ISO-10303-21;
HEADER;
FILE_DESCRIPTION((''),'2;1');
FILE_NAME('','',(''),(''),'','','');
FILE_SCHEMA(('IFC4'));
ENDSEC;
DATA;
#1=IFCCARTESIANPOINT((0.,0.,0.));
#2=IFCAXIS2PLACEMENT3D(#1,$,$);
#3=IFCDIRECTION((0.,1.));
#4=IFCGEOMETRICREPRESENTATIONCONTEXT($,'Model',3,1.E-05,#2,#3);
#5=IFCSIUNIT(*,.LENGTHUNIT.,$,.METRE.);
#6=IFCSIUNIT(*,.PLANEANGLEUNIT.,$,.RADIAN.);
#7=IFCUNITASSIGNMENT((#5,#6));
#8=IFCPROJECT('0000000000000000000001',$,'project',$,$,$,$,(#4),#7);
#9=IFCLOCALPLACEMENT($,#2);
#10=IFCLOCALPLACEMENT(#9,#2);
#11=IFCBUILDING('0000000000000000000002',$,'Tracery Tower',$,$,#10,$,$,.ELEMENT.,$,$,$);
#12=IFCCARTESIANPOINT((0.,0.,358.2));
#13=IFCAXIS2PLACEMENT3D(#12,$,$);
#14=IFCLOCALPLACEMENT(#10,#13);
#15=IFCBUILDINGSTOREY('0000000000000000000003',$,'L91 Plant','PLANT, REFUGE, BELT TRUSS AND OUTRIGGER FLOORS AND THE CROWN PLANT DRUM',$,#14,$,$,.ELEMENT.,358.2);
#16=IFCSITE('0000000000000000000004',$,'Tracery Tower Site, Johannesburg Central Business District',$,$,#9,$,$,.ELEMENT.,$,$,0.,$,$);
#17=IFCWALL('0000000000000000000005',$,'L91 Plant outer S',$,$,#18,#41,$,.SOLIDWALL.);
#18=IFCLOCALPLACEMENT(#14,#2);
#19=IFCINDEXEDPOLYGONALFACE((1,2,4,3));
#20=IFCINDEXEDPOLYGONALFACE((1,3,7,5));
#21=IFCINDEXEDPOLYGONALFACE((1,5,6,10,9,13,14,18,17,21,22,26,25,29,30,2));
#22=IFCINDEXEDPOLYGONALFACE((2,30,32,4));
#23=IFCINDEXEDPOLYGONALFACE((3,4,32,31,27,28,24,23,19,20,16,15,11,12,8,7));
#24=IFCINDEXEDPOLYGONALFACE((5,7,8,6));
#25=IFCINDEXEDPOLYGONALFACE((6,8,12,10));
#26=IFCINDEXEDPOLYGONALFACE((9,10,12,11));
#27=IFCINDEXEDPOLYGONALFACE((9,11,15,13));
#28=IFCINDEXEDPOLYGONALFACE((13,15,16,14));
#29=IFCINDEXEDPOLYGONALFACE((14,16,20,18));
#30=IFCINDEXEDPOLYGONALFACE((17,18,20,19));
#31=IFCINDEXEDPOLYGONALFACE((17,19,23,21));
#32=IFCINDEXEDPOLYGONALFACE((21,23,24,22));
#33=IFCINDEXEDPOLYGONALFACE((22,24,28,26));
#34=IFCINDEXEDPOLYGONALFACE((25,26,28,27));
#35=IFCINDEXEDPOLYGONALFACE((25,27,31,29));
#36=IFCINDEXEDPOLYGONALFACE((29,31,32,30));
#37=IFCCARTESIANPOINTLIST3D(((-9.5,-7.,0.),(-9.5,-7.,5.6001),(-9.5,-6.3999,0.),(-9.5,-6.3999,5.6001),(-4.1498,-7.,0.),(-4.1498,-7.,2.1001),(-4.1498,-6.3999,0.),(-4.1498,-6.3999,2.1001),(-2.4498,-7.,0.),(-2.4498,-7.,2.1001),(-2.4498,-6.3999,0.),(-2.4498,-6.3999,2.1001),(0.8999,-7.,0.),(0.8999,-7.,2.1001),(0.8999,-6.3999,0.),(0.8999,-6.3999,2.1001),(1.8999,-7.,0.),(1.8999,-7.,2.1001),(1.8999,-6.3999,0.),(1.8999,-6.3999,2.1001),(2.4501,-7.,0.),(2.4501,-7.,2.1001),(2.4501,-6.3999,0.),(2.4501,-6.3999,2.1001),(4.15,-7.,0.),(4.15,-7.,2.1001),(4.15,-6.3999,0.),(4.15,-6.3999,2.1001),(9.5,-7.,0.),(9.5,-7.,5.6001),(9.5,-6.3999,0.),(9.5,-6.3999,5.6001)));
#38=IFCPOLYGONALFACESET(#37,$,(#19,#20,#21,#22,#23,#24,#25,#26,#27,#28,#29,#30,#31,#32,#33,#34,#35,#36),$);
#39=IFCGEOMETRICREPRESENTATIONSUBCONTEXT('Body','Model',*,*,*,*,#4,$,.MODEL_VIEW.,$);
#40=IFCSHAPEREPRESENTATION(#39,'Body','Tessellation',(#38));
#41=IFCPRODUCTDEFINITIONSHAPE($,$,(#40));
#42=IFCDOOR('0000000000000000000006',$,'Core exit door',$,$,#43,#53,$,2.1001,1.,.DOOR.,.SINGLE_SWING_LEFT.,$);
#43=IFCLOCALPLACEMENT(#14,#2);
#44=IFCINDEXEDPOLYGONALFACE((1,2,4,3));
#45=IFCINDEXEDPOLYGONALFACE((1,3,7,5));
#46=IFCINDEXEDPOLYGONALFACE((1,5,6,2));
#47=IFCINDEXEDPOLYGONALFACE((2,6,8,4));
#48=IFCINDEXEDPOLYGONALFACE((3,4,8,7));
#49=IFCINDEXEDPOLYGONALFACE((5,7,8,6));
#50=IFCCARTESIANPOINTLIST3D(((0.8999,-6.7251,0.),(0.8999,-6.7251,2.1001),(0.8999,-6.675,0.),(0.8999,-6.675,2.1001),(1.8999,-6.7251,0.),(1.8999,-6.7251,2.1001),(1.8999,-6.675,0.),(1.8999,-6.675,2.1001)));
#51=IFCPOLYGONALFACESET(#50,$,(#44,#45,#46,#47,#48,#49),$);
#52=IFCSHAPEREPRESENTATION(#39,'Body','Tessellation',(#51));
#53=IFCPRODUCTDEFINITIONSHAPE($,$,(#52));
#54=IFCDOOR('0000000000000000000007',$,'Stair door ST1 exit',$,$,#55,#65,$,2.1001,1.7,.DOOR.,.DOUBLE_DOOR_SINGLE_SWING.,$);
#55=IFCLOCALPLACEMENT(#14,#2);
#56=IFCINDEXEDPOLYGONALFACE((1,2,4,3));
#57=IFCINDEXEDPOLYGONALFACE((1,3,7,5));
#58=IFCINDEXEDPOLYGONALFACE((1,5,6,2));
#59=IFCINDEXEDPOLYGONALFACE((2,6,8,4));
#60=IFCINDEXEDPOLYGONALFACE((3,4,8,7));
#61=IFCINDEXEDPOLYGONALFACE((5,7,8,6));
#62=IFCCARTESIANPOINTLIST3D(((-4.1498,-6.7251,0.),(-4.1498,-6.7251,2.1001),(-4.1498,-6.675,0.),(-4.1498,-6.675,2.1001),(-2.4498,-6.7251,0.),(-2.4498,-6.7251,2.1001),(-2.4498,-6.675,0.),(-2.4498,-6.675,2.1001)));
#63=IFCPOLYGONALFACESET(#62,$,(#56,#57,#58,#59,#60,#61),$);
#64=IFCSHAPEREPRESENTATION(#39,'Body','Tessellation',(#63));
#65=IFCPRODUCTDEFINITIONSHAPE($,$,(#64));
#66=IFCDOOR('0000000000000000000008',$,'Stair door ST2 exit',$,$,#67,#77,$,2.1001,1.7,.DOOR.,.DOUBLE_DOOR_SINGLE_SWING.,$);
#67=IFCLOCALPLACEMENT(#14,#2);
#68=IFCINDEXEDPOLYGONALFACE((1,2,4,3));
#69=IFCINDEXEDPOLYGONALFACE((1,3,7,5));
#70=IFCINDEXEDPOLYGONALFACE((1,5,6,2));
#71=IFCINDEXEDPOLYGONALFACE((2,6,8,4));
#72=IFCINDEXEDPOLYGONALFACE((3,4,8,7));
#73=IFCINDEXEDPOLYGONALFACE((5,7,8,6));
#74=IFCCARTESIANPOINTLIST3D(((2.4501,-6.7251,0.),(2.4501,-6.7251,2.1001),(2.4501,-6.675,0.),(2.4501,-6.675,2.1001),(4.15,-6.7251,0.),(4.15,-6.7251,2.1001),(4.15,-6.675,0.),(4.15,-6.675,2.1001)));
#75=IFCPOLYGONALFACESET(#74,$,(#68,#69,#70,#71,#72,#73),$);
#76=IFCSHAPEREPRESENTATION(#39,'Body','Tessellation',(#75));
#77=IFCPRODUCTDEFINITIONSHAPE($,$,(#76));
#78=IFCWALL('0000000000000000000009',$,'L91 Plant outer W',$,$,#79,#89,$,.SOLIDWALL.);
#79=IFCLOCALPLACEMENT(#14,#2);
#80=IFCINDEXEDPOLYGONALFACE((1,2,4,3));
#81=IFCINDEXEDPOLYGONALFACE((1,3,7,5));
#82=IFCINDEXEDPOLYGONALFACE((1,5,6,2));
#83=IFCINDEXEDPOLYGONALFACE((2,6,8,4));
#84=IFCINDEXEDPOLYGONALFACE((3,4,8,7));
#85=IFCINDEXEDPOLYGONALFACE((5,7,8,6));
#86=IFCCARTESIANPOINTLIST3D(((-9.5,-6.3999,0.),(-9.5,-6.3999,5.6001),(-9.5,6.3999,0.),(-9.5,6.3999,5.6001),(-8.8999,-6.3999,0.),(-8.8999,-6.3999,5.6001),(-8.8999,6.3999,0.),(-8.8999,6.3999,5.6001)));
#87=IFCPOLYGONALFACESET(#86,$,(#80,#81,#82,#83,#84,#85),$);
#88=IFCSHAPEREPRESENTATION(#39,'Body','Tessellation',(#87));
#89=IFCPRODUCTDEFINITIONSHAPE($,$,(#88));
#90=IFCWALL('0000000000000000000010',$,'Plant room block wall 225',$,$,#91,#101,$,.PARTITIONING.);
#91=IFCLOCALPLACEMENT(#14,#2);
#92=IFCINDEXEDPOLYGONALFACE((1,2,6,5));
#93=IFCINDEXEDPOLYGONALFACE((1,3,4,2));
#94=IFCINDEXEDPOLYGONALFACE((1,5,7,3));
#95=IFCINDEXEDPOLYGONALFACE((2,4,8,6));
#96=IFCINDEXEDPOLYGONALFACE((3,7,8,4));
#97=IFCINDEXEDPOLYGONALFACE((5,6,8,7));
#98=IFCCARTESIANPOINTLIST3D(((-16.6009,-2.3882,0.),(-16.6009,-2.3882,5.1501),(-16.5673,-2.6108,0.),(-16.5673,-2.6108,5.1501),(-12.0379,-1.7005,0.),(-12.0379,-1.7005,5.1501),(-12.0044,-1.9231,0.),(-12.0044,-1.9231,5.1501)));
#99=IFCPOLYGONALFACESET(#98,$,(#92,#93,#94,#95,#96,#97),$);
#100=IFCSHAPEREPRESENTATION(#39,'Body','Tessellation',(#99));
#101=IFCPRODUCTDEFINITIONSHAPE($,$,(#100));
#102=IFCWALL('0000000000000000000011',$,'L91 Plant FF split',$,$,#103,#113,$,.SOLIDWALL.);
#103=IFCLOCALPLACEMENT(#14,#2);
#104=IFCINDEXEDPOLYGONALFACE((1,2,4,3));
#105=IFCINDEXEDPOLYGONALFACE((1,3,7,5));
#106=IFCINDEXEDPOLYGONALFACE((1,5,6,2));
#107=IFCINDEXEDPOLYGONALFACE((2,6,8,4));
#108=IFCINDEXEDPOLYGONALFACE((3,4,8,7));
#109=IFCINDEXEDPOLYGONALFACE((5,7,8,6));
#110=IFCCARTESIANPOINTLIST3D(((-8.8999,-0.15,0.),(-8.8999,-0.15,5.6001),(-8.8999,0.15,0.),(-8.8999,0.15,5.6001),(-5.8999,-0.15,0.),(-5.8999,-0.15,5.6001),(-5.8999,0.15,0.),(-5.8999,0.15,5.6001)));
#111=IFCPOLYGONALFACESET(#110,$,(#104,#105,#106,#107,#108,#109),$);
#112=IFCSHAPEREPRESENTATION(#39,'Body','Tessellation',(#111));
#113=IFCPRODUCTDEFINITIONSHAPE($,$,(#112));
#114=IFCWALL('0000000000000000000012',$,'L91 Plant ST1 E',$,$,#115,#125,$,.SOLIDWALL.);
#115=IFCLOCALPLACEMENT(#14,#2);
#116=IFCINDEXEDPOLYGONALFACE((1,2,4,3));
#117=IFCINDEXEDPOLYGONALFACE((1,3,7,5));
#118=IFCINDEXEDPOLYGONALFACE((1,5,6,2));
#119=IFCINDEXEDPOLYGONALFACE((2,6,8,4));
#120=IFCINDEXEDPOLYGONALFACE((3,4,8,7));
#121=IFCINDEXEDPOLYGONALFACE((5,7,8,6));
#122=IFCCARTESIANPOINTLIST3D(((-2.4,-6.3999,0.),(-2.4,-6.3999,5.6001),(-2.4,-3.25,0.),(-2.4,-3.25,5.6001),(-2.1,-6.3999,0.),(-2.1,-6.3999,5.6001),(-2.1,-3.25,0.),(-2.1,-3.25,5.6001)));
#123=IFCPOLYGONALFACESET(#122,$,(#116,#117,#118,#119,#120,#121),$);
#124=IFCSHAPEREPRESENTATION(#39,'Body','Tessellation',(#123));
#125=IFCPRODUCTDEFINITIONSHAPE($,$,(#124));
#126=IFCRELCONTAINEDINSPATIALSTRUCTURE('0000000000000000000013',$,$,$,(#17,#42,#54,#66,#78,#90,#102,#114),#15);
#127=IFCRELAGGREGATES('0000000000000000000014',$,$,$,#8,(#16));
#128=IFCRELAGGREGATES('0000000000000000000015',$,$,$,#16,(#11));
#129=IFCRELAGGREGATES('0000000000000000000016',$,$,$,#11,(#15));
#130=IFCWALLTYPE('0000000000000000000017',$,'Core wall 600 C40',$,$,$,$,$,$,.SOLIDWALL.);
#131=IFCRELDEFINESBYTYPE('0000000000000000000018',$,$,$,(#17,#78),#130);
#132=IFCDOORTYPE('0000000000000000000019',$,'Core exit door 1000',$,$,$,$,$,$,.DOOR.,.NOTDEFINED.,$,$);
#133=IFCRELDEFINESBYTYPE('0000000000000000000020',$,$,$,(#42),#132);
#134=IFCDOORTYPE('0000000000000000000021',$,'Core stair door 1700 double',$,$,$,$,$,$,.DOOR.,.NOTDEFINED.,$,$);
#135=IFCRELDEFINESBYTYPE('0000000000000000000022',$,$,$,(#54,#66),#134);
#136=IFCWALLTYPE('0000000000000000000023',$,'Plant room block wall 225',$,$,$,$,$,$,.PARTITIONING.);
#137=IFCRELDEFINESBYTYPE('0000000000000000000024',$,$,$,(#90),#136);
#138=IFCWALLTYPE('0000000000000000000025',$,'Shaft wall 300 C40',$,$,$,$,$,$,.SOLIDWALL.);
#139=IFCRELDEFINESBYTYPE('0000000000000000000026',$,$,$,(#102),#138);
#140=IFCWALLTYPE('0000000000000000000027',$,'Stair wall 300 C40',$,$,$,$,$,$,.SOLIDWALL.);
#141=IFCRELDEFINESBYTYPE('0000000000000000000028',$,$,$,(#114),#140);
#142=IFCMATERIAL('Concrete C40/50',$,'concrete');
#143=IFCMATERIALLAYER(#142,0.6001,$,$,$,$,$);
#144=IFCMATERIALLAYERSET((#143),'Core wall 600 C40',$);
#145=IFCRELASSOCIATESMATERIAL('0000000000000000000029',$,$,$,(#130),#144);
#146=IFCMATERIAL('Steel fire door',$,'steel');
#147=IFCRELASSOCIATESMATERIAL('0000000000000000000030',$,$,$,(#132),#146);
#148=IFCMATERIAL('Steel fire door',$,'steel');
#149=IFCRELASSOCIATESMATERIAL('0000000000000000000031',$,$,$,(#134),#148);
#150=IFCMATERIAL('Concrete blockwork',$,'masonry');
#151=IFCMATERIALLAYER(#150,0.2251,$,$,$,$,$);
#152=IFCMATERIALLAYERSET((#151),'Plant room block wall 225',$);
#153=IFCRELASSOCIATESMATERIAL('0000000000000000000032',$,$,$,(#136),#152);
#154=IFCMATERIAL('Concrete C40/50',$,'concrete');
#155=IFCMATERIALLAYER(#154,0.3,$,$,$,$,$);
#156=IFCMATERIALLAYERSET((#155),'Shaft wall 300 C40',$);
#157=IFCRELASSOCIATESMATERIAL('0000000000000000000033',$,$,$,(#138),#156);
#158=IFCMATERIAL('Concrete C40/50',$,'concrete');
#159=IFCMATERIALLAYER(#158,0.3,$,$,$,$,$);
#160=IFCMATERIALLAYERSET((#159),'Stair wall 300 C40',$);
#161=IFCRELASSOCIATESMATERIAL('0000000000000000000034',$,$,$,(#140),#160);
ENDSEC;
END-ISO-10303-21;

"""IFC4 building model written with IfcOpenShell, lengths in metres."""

from ifc_helpers import new_model, si_unit, direction, frame, frame_2d, origin, place, context, subcontext, project, spatial, rectangle, extrude, material, layer, layer_set, type_object, element, fill, save


model = new_model("IFC4")

# Units and contexts
model_context = context("Model", 3, precision=1e-05, world=origin(), true_north=direction((0.0, 1.0)))
body_context = subcontext(model_context, "Body", "Model", "MODEL_VIEW")
ifc_project = project(units=[si_unit("LENGTHUNIT", "METRE"), si_unit("PLANEANGLEUNIT", "RADIAN")], contexts=[model_context])

# Site, building, storey
site_placement = place(None, origin())
site = spatial("IfcSite", under=ifc_project, at=site_placement, Name="Tracery Tower Site, Johannesburg Central Business District", CompositionType="ELEMENT", RefElevation=0.0)
building_placement = place(site_placement, origin())
building = spatial("IfcBuilding", under=site, at=building_placement, Name="Tracery Tower", CompositionType="ELEMENT")
storey_placement = place(building_placement, frame((0.0, 0.0, 358.2)))
storey = spatial("IfcBuildingStorey", under=building, at=storey_placement, Name="L91 Plant", Description="PLANT, REFUGE, BELT TRUSS AND OUTRIGGER FLOORS AND THE CROWN PLANT DRUM", CompositionType="ELEMENT", Elevation=358.2)

# Wall, openings, doors
ifc_material_1 = material(Name="Concrete C40/50", Category="concrete")
ifc_layer_1 = layer(ifc_material_1, 0.6001)
ifc_layer_set_1 = layer_set([ifc_layer_1], Name="Core wall 600 C40")
wall_type_1 = type_object("IfcWallType", Name="Core wall 600 C40", PredefinedType="SOLIDWALL", material=ifc_layer_set_1)
wall_1_placement = place(storey_placement, frame((-9.5, -6.7, 0.0), z_axis=(0.0, 0.0, 1.0), x_axis=(1.0, 0.0, 0.0)))
wall_1 = element("IfcWall", 1, at=wall_1_placement, inside=storey, type_object=wall_type_1, Name="L91 Plant outer S", PredefinedType="SOLIDWALL", context=body_context, shape_type="SweptSolid", body=[
    extrude(rectangle(XDim=19.0, YDim=0.6001, at=frame_2d((9.5, 0.0))), origin(), (0.0, 0.0, 1.0), 5.6001),
])
opening_1_placement = place(wall_1_placement, frame((10.3999, 0.0, 0.0)))
opening_1 = element("IfcOpeningElement", 2, at=opening_1_placement, cuts=wall_1, PredefinedType="OPENING", context=body_context, shape_type="SweptSolid", body=[
    extrude(rectangle(XDim=1.0, YDim=2.1001, at=frame_2d((0.5, 1.05))), frame((0.0, 0.3, 0.0), z_axis=(0.0, -1.0, 0.0), x_axis=(1.0, 0.0, 0.0)), (0.0, 0.0, 1.0), 0.6001),
])
opening_2_placement = place(wall_1_placement, frame((5.3501, 0.0, 0.0)))
opening_2 = element("IfcOpeningElement", 3, at=opening_2_placement, cuts=wall_1, PredefinedType="OPENING", context=body_context, shape_type="SweptSolid", body=[
    extrude(rectangle(XDim=1.7, YDim=2.1001, at=frame_2d((0.8501, 1.05))), frame((0.0, 0.3, 0.0), z_axis=(0.0, -1.0, 0.0), x_axis=(1.0, 0.0, 0.0)), (0.0, 0.0, 1.0), 0.6001),
])
opening_3_placement = place(wall_1_placement, frame((11.95, 0.0, 0.0)))
opening_3 = element("IfcOpeningElement", 4, at=opening_3_placement, cuts=wall_1, PredefinedType="OPENING", context=body_context, shape_type="SweptSolid", body=[
    extrude(rectangle(XDim=1.7, YDim=2.1001, at=frame_2d((0.8501, 1.05))), frame((0.0, 0.3, 0.0), z_axis=(0.0, -1.0, 0.0), x_axis=(1.0, 0.0, 0.0)), (0.0, 0.0, 1.0), 0.6001),
])
ifc_material_2 = material(Name="Steel fire door", Category="steel")
door_type_1 = type_object("IfcDoorType", Name="Core exit door 1000", OperationType="NOTDEFINED", PredefinedType="DOOR", material=ifc_material_2)
door_1_placement = place(opening_1_placement, origin())
door_1 = element("IfcDoor", 5, at=door_1_placement, inside=storey, type_object=door_type_1, Name="Core exit door", OperationType="SINGLE_SWING_LEFT", OverallHeight=2.1001, OverallWidth=1.0, PredefinedType="DOOR", context=body_context, shape_type="SweptSolid", body=[
    extrude(rectangle(XDim=1.0, YDim=2.1001, at=frame_2d((0.5, 1.05))), frame((0.0, 0.0249, 0.0), z_axis=(0.0, -1.0, 0.0), x_axis=(1.0, 0.0, 0.0)), (0.0, 0.0, 1.0), 0.05),
])
fill(opening_1, door_1)
ifc_material_3 = material(Name="Steel fire door", Category="steel")
door_type_2 = type_object("IfcDoorType", Name="Core stair door 1700 double", OperationType="NOTDEFINED", PredefinedType="DOOR", material=ifc_material_3)
door_2_placement = place(opening_2_placement, origin())
door_2 = element("IfcDoor", 6, at=door_2_placement, inside=storey, type_object=door_type_2, Name="Stair door ST1 exit", OperationType="DOUBLE_DOOR_SINGLE_SWING", OverallHeight=2.1001, OverallWidth=1.7, PredefinedType="DOOR", context=body_context, shape_type="SweptSolid", body=[
    extrude(rectangle(XDim=1.7, YDim=2.1001, at=frame_2d((0.8501, 1.05))), frame((0.0, 0.0249, 0.0), z_axis=(0.0, -1.0, 0.0), x_axis=(1.0, 0.0, 0.0)), (0.0, 0.0, 1.0), 0.05),
])
fill(opening_2, door_2)
door_3_placement = place(opening_3_placement, origin())
door_3 = element("IfcDoor", 7, at=door_3_placement, inside=storey, type_object=door_type_2, Name="Stair door ST2 exit", OperationType="DOUBLE_DOOR_SINGLE_SWING", OverallHeight=2.1001, OverallWidth=1.7, PredefinedType="DOOR", context=body_context, shape_type="SweptSolid", body=[
    extrude(rectangle(XDim=1.7, YDim=2.1001, at=frame_2d((0.8501, 1.05))), frame((0.0, 0.0249, 0.0), z_axis=(0.0, -1.0, 0.0), x_axis=(1.0, 0.0, 0.0)), (0.0, 0.0, 1.0), 0.05),
])
fill(opening_3, door_3)

# Wall
wall_2_placement = place(storey_placement, frame((-9.2, -6.3999, 0.0), z_axis=(0.0, 0.0, 1.0), x_axis=(0.0, 1.0, 0.0)))
element("IfcWall", 8, at=wall_2_placement, inside=storey, type_object=wall_type_1, Name="L91 Plant outer W", PredefinedType="SOLIDWALL", context=body_context, shape_type="SweptSolid", body=[
    extrude(rectangle(XDim=12.7998, YDim=0.6001, at=frame_2d((6.3999, 0.0))), origin(), (0.0, 0.0, 1.0), 5.6001),
])

# Walls
ifc_material_4 = material(Name="Concrete blockwork", Category="masonry")
ifc_layer_2 = layer(ifc_material_4, 0.2251)
ifc_layer_set_2 = layer_set([ifc_layer_2], Name="Plant room block wall 225")
wall_type_2 = type_object("IfcWallType", Name="Plant room block wall 225", PredefinedType="PARTITIONING", material=ifc_layer_set_2)
wall_3_placement = place(storey_placement, frame((-16.584, -2.4995, 0.0), z_axis=(0.0, 0.0, 1.0), x_axis=(0.988831, 0.149039, 0.0)))
element("IfcWall", 9, at=wall_3_placement, inside=storey, type_object=wall_type_2, Name="Plant room block wall 225", PredefinedType="PARTITIONING", context=body_context, shape_type="SweptSolid", body=[
    extrude(rectangle(XDim=4.6145, YDim=0.2251, at=frame_2d((2.3071, 0.0))), origin(), (0.0, 0.0, 1.0), 5.1501),
])
ifc_material_5 = material(Name="Concrete C40/50", Category="concrete")
ifc_layer_3 = layer(ifc_material_5, 0.3)
ifc_layer_set_3 = layer_set([ifc_layer_3], Name="Shaft wall 300 C40")
wall_type_3 = type_object("IfcWallType", Name="Shaft wall 300 C40", PredefinedType="SOLIDWALL", material=ifc_layer_set_3)
wall_4_placement = place(storey_placement, frame((-8.8999, 0.0, 0.0), z_axis=(0.0, 0.0, 1.0), x_axis=(1.0, 0.0, 0.0)))
element("IfcWall", 10, at=wall_4_placement, inside=storey, type_object=wall_type_3, Name="L91 Plant FF split", PredefinedType="SOLIDWALL", context=body_context, shape_type="SweptSolid", body=[
    extrude(rectangle(XDim=3.0, YDim=0.3, at=frame_2d((1.5, 0.0))), origin(), (0.0, 0.0, 1.0), 5.6001),
])

# Shared definitions
ifc_material_6 = material(Name="Concrete C40/50", Category="concrete")
ifc_layer_4 = layer(ifc_material_6, 0.3)
ifc_layer_set_4 = layer_set([ifc_layer_4], Name="Stair wall 300 C40")
wall_type_4 = type_object("IfcWallType", Name="Stair wall 300 C40", PredefinedType="SOLIDWALL", material=ifc_layer_set_4)

# Wall
wall_5_placement = place(storey_placement, frame((-2.25, -6.3999, 0.0), z_axis=(0.0, 0.0, 1.0), x_axis=(0.0, 1.0, 0.0)))
element("IfcWall", 11, at=wall_5_placement, inside=storey, type_object=wall_type_4, Name="L91 Plant ST1 E", PredefinedType="SOLIDWALL", context=body_context, shape_type="SweptSolid", body=[
    extrude(rectangle(XDim=3.1499, YDim=0.3, at=frame_2d((1.575, 0.0))), origin(), (0.0, 0.0, 1.0), 5.6001),
])

save(model, "model.ifc")
